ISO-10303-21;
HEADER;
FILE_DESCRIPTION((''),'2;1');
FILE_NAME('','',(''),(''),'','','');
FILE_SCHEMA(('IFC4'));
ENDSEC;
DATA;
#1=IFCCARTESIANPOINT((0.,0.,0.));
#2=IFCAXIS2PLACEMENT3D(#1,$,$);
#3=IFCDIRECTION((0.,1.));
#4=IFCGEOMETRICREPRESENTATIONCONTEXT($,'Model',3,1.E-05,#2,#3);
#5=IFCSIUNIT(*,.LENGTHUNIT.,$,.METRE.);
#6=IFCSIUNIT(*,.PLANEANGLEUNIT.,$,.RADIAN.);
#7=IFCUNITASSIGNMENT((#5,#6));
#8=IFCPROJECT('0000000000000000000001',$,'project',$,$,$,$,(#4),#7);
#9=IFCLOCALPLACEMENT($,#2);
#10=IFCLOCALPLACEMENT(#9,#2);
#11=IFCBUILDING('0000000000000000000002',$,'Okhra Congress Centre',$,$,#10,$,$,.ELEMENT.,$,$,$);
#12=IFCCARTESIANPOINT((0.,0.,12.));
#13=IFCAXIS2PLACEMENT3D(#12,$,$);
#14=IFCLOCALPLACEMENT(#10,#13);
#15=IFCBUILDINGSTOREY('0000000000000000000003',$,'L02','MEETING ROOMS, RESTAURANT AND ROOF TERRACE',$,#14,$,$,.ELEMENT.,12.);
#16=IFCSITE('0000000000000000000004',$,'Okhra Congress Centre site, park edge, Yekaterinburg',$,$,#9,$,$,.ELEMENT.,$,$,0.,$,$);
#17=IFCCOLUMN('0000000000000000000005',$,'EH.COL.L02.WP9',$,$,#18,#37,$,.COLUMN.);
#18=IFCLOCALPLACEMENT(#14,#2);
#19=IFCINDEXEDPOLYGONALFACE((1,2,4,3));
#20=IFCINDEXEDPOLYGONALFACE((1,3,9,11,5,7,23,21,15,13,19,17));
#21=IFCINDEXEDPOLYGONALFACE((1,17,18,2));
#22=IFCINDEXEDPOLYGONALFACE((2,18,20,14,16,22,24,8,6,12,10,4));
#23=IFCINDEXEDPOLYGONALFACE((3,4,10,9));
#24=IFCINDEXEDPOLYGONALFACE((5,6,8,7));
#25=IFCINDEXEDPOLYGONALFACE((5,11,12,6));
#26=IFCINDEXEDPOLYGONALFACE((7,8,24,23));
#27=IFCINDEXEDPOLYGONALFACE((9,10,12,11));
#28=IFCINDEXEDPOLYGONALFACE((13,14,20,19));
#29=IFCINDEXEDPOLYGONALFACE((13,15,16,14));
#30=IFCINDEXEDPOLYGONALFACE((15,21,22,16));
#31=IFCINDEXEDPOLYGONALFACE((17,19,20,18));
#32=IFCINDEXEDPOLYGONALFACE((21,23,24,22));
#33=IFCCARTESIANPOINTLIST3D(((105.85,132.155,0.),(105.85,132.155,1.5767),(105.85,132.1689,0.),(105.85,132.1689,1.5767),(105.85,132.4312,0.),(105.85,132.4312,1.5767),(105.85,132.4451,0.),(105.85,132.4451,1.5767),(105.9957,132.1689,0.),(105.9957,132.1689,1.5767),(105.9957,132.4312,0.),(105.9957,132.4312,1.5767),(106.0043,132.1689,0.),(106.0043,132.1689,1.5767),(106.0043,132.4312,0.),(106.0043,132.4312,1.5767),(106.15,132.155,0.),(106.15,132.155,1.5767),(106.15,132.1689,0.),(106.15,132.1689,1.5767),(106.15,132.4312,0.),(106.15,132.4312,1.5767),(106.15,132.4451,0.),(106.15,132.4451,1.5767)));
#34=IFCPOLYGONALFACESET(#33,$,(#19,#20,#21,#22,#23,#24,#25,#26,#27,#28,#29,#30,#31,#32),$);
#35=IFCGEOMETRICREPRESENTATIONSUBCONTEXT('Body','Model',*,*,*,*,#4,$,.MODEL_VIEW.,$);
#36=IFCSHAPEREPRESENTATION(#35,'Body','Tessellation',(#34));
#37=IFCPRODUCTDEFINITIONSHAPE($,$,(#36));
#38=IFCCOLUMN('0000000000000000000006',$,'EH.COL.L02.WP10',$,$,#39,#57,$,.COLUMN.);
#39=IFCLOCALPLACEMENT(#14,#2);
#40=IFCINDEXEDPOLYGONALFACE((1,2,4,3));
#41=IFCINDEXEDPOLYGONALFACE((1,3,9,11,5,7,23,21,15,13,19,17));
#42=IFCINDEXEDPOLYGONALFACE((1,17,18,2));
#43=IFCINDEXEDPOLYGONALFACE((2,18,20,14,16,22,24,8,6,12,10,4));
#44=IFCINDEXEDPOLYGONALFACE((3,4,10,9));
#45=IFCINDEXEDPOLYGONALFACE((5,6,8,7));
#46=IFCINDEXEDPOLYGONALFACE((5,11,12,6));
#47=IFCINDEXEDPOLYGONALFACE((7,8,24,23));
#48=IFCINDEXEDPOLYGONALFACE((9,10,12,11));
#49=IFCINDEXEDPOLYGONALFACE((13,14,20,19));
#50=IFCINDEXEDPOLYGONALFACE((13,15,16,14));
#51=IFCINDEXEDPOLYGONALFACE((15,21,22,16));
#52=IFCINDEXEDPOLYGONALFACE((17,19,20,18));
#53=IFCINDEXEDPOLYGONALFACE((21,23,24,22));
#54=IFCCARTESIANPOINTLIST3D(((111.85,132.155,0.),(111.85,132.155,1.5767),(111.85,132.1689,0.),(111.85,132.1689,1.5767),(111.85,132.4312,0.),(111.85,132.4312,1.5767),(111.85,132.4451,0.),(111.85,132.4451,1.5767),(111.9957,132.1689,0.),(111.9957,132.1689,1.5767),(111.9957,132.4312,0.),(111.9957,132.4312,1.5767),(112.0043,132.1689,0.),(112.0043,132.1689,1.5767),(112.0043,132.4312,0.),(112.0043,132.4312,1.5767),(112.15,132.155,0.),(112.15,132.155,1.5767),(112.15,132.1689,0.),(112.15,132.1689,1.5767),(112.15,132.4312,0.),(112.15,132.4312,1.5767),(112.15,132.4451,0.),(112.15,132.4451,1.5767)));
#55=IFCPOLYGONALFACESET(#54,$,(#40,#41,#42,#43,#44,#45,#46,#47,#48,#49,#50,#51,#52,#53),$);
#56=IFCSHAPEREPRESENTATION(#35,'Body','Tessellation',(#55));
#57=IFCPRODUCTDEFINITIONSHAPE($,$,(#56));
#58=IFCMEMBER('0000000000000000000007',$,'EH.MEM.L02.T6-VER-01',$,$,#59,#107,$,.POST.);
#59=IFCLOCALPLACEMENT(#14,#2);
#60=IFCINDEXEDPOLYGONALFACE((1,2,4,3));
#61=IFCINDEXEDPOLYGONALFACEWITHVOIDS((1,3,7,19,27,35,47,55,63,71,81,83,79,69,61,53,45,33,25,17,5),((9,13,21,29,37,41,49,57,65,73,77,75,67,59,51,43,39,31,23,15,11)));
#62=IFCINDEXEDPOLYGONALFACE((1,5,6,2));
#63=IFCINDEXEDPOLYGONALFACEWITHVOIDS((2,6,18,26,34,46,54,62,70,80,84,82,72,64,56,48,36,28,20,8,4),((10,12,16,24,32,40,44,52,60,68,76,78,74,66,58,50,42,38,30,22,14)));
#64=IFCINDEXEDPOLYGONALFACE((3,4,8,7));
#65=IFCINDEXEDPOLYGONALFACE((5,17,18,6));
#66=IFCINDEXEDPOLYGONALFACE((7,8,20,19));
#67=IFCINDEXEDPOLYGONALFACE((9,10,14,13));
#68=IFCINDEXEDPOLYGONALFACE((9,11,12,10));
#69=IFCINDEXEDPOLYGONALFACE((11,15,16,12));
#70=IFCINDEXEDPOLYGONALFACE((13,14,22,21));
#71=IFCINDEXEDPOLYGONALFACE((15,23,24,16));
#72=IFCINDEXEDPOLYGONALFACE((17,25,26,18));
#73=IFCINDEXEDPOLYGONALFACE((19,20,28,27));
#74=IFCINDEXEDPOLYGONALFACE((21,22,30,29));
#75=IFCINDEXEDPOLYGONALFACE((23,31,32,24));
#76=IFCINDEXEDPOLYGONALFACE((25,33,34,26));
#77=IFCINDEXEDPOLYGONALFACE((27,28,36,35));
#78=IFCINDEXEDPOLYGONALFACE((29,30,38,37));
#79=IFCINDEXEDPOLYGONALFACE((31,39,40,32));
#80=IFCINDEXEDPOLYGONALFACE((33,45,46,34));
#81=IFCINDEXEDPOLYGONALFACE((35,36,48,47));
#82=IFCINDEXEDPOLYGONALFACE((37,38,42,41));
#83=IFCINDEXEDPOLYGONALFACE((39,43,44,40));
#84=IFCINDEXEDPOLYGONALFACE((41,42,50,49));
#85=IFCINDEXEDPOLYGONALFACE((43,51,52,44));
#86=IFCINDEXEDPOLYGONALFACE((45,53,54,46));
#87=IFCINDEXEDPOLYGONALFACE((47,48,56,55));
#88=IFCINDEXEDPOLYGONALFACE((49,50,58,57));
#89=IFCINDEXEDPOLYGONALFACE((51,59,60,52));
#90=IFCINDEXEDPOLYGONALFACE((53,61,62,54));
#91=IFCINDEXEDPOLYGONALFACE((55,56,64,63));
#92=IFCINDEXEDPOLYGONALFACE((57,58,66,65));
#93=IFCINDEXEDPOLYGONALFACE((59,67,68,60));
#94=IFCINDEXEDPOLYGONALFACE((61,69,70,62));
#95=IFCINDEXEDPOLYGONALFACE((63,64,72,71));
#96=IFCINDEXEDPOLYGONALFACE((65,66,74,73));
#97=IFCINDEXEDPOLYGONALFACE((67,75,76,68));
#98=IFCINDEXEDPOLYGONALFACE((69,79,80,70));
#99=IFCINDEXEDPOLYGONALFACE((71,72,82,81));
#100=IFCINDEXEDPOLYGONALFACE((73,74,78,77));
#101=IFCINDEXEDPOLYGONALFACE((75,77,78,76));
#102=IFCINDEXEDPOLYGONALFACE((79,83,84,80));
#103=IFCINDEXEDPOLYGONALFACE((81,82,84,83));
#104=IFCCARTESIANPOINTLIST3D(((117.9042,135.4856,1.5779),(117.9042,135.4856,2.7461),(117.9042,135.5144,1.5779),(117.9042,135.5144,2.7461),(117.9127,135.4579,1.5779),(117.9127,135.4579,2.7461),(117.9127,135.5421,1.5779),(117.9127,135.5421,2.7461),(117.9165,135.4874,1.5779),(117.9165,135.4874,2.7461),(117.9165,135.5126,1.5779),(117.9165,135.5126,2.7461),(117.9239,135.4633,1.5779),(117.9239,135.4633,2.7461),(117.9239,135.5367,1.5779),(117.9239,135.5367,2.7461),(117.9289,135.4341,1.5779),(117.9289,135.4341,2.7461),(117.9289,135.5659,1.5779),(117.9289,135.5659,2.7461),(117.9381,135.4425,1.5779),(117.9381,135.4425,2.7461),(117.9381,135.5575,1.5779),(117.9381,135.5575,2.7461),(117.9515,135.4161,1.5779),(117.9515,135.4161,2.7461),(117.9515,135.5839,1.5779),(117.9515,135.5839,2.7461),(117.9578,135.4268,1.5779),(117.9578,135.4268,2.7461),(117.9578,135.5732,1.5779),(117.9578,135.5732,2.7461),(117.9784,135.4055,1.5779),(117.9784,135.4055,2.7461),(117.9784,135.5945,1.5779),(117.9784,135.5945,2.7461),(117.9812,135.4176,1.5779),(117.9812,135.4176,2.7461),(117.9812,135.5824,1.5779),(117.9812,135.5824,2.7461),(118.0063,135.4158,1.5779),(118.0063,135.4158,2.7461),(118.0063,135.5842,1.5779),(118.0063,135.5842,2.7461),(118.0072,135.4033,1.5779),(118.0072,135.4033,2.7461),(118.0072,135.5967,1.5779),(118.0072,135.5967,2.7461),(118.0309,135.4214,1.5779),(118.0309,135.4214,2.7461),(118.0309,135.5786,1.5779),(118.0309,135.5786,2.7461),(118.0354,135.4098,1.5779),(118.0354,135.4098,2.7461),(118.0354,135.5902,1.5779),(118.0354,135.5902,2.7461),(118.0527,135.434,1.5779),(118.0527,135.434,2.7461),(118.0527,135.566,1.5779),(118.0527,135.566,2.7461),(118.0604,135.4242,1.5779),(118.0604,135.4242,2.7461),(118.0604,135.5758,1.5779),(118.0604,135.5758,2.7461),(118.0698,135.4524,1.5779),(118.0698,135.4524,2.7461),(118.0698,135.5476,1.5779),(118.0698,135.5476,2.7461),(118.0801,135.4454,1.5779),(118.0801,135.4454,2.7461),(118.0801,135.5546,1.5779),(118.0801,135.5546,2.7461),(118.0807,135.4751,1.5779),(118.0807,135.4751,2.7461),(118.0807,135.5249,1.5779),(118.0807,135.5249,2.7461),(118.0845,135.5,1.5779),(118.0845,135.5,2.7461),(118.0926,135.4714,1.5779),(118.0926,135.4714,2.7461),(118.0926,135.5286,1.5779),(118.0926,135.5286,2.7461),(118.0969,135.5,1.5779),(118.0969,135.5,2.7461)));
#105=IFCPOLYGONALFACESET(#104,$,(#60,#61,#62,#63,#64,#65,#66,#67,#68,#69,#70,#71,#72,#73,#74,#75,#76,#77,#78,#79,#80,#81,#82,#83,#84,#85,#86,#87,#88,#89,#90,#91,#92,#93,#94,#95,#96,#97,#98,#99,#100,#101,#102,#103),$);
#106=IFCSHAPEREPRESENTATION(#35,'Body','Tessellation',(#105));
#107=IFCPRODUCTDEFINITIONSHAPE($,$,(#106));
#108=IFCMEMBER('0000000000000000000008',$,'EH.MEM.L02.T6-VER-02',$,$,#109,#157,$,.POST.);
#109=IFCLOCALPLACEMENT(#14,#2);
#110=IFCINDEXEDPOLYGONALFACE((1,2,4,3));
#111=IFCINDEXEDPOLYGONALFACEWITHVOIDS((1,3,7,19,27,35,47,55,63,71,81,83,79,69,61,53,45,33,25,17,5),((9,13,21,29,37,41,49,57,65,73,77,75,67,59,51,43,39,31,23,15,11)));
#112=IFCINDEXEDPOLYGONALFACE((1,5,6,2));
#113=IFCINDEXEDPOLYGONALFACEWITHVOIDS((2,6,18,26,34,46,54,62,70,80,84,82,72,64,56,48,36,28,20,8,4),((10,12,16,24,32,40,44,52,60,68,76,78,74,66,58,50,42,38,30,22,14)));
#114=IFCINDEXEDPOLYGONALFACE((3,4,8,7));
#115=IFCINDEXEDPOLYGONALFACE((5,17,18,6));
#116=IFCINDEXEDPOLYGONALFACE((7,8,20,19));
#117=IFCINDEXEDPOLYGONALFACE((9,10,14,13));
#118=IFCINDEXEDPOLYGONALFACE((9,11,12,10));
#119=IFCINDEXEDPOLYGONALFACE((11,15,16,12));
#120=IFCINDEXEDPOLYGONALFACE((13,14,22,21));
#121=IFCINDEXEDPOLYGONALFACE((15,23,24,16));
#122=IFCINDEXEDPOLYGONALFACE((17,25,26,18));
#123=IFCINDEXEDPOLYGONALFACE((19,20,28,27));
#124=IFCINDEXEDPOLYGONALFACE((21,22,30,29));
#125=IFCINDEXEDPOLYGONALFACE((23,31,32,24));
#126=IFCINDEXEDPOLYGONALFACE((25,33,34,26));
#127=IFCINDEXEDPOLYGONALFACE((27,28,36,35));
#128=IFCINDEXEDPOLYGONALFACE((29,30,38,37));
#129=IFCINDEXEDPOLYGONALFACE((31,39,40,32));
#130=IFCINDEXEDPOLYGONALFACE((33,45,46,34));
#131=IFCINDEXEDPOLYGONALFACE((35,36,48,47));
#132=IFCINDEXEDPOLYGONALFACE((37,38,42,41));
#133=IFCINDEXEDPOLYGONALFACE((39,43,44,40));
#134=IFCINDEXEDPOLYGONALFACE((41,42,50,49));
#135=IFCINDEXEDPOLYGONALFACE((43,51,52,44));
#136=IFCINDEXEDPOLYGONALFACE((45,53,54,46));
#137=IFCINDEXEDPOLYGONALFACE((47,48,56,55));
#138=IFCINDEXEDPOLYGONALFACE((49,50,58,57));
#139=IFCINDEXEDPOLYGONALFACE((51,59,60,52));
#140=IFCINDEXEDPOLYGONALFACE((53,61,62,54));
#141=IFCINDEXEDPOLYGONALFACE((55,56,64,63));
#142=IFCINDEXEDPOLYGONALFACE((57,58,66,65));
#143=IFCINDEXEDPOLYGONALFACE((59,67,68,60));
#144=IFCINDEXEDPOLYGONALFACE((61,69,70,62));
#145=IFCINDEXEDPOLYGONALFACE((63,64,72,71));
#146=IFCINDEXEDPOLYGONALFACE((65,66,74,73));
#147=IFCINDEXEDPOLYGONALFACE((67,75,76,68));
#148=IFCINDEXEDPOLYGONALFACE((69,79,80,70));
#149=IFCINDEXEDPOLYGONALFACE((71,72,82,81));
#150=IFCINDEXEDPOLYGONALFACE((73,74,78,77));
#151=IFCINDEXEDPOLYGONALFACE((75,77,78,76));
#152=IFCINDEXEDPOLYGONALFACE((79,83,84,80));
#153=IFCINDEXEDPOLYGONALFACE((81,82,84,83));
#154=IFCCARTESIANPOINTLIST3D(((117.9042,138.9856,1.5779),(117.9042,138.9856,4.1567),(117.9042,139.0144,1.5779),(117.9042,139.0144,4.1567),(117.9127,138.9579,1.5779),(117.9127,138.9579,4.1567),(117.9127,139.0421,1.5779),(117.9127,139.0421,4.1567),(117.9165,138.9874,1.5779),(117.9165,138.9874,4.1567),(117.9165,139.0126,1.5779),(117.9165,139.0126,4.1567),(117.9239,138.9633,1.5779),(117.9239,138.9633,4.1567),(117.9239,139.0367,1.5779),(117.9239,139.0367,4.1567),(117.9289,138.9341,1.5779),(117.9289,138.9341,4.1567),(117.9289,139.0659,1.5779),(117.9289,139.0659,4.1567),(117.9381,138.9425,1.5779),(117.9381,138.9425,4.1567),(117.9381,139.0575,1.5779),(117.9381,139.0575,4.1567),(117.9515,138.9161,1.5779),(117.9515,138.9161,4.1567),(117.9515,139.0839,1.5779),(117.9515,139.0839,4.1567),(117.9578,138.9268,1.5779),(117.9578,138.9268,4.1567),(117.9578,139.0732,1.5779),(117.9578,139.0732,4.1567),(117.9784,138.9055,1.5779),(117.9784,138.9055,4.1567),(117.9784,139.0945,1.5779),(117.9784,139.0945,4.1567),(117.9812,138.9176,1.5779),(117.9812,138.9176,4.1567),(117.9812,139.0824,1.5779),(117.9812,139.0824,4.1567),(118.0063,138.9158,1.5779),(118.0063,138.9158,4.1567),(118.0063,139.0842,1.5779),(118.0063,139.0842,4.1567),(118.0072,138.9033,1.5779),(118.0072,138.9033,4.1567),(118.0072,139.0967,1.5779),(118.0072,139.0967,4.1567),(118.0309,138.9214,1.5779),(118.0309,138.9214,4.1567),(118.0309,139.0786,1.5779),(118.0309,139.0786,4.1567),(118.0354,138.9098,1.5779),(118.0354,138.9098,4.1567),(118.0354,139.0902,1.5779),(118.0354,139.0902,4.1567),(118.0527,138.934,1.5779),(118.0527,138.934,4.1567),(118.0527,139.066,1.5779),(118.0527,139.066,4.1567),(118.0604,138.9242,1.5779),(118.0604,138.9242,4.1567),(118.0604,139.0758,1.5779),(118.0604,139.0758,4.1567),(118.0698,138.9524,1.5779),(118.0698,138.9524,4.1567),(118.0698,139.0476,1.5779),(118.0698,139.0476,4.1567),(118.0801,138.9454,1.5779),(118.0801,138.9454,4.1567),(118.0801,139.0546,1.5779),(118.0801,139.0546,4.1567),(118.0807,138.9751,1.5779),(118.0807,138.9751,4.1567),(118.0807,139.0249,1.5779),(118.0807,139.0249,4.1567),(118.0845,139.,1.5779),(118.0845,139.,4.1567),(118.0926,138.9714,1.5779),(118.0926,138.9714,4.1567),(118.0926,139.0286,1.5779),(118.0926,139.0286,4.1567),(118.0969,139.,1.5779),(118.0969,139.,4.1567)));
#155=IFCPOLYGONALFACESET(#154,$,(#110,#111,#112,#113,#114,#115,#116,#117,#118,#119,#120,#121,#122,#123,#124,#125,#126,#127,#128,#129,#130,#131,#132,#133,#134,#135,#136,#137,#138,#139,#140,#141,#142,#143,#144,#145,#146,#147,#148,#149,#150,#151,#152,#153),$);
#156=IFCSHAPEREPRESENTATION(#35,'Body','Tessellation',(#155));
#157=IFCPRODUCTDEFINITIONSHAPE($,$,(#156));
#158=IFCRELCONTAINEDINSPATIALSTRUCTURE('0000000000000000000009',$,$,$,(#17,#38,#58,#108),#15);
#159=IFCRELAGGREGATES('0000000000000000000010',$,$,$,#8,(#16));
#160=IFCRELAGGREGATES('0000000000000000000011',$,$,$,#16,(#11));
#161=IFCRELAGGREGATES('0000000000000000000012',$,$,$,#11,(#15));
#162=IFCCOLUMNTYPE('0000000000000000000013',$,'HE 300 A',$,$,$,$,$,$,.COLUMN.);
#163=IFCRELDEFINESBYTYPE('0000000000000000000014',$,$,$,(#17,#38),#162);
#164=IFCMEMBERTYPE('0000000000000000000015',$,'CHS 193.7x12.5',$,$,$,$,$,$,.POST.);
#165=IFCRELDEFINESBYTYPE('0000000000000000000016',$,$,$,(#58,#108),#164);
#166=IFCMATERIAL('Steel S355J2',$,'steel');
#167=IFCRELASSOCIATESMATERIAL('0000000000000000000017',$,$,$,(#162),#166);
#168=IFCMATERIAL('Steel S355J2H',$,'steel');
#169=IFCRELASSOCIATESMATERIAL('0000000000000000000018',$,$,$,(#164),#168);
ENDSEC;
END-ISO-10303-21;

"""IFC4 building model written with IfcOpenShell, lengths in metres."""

from ifc_helpers import new_model, si_unit, direction, frame, origin, origin_2d, place, context, subcontext, project, spatial, hollow_circle, i_section, extrude, material, material_profile, profile_set, type_object, element, save


model = new_model("IFC4")

# Units and contexts
model_context = context("Model", 3, precision=1e-05, world=origin(), true_north=direction((0.0, 1.0)))
body_context = subcontext(model_context, "Body", "Model", "MODEL_VIEW")
ifc_project = project(units=[si_unit("LENGTHUNIT", "METRE"), si_unit("PLANEANGLEUNIT", "RADIAN")], contexts=[model_context])

# Site, building, storey
site_placement = place(None, origin())
site = spatial("IfcSite", under=ifc_project, at=site_placement, Name="Okhra Congress Centre site, park edge, Yekaterinburg", CompositionType="ELEMENT", RefElevation=0.0)
building_placement = place(site_placement, origin())
building = spatial("IfcBuilding", under=site, at=building_placement, Name="Okhra Congress Centre", CompositionType="ELEMENT")
storey_placement = place(building_placement, frame((0.0, 0.0, 12.0)))
storey = spatial("IfcBuildingStorey", under=building, at=storey_placement, Name="L02", Description="MEETING ROOMS, RESTAURANT AND ROOF TERRACE", CompositionType="ELEMENT", Elevation=12.0)

# Columns
ifc_material_1 = material(Name="Steel S355J2", Category="steel")
ifc_material_profile_1 = material_profile(ifc_material_1, i_section(OverallWidth=0.3, OverallDepth=0.29, WebThickness=0.0085, FlangeThickness=0.0139, at=origin_2d()), Name="HE 300 A")
ifc_profile_set_1 = profile_set([ifc_material_profile_1], Name="Steel S355J2")
column_type = type_object("IfcColumnType", Name="HE 300 A", PredefinedType="COLUMN", material=ifc_profile_set_1)
for number, where, z_axis, x_axis, name in (
    (1, (106.0, 132.3, 0.0), (0.0, 0.0, 1.0), (1.0, 0.0, 0.0), "EH.COL.L02.WP9"),
    (2, (112.0, 132.3, 0.0), (0.0, 0.0, 1.0), (1.0, 0.0, 0.0), "EH.COL.L02.WP10"),
):
    element("IfcColumn", number, at=place(storey_placement, frame(where, z_axis=z_axis, x_axis=x_axis)), inside=storey, type_object=column_type, Name=name, PredefinedType="COLUMN", context=body_context, shape_type="SweptSolid", body=[
        extrude(i_section(OverallWidth=0.3, OverallDepth=0.29, WebThickness=0.0085, FlangeThickness=0.0139, at=origin_2d()), origin(), (0.0, 0.0, 1.0), 1.5767),
    ])

# Members
ifc_material_2 = material(Name="Steel S355J2H", Category="steel")
ifc_material_profile_2 = material_profile(ifc_material_2, hollow_circle(Radius=0.0969, WallThickness=0.0125, at=origin_2d()), Name="CHS 193.7x12.5")
ifc_profile_set_2 = profile_set([ifc_material_profile_2], Name="Steel S355J2H")
member_type_1 = type_object("IfcMemberType", Name="CHS 193.7x12.5", PredefinedType="POST", material=ifc_profile_set_2)
member_1_placement = place(storey_placement, frame((118.0, 135.5, 1.5779), z_axis=(0.0, 0.0, 1.0), x_axis=(1.0, 0.0, 0.0)))
element("IfcMember", 3, at=member_1_placement, inside=storey, type_object=member_type_1, Name="EH.MEM.L02.T6-VER-01", PredefinedType="POST", context=body_context, shape_type="SweptSolid", body=[
    extrude(hollow_circle(Radius=0.0969, WallThickness=0.0125, at=origin_2d()), origin(), (0.0, 0.0, 1.0), 1.1682),
])
member_2_placement = place(storey_placement, frame((118.0, 139.0, 1.5779), z_axis=(0.0, 0.0, 1.0), x_axis=(1.0, 0.0, 0.0)))
element("IfcMember", 4, at=member_2_placement, inside=storey, type_object=member_type_1, Name="EH.MEM.L02.T6-VER-02", PredefinedType="POST", context=body_context, shape_type="SweptSolid", body=[
    extrude(hollow_circle(Radius=0.0969, WallThickness=0.0125, at=origin_2d()), origin(), (0.0, 0.0, 1.0), 2.5789),
])

save(model, "model.ifc")
